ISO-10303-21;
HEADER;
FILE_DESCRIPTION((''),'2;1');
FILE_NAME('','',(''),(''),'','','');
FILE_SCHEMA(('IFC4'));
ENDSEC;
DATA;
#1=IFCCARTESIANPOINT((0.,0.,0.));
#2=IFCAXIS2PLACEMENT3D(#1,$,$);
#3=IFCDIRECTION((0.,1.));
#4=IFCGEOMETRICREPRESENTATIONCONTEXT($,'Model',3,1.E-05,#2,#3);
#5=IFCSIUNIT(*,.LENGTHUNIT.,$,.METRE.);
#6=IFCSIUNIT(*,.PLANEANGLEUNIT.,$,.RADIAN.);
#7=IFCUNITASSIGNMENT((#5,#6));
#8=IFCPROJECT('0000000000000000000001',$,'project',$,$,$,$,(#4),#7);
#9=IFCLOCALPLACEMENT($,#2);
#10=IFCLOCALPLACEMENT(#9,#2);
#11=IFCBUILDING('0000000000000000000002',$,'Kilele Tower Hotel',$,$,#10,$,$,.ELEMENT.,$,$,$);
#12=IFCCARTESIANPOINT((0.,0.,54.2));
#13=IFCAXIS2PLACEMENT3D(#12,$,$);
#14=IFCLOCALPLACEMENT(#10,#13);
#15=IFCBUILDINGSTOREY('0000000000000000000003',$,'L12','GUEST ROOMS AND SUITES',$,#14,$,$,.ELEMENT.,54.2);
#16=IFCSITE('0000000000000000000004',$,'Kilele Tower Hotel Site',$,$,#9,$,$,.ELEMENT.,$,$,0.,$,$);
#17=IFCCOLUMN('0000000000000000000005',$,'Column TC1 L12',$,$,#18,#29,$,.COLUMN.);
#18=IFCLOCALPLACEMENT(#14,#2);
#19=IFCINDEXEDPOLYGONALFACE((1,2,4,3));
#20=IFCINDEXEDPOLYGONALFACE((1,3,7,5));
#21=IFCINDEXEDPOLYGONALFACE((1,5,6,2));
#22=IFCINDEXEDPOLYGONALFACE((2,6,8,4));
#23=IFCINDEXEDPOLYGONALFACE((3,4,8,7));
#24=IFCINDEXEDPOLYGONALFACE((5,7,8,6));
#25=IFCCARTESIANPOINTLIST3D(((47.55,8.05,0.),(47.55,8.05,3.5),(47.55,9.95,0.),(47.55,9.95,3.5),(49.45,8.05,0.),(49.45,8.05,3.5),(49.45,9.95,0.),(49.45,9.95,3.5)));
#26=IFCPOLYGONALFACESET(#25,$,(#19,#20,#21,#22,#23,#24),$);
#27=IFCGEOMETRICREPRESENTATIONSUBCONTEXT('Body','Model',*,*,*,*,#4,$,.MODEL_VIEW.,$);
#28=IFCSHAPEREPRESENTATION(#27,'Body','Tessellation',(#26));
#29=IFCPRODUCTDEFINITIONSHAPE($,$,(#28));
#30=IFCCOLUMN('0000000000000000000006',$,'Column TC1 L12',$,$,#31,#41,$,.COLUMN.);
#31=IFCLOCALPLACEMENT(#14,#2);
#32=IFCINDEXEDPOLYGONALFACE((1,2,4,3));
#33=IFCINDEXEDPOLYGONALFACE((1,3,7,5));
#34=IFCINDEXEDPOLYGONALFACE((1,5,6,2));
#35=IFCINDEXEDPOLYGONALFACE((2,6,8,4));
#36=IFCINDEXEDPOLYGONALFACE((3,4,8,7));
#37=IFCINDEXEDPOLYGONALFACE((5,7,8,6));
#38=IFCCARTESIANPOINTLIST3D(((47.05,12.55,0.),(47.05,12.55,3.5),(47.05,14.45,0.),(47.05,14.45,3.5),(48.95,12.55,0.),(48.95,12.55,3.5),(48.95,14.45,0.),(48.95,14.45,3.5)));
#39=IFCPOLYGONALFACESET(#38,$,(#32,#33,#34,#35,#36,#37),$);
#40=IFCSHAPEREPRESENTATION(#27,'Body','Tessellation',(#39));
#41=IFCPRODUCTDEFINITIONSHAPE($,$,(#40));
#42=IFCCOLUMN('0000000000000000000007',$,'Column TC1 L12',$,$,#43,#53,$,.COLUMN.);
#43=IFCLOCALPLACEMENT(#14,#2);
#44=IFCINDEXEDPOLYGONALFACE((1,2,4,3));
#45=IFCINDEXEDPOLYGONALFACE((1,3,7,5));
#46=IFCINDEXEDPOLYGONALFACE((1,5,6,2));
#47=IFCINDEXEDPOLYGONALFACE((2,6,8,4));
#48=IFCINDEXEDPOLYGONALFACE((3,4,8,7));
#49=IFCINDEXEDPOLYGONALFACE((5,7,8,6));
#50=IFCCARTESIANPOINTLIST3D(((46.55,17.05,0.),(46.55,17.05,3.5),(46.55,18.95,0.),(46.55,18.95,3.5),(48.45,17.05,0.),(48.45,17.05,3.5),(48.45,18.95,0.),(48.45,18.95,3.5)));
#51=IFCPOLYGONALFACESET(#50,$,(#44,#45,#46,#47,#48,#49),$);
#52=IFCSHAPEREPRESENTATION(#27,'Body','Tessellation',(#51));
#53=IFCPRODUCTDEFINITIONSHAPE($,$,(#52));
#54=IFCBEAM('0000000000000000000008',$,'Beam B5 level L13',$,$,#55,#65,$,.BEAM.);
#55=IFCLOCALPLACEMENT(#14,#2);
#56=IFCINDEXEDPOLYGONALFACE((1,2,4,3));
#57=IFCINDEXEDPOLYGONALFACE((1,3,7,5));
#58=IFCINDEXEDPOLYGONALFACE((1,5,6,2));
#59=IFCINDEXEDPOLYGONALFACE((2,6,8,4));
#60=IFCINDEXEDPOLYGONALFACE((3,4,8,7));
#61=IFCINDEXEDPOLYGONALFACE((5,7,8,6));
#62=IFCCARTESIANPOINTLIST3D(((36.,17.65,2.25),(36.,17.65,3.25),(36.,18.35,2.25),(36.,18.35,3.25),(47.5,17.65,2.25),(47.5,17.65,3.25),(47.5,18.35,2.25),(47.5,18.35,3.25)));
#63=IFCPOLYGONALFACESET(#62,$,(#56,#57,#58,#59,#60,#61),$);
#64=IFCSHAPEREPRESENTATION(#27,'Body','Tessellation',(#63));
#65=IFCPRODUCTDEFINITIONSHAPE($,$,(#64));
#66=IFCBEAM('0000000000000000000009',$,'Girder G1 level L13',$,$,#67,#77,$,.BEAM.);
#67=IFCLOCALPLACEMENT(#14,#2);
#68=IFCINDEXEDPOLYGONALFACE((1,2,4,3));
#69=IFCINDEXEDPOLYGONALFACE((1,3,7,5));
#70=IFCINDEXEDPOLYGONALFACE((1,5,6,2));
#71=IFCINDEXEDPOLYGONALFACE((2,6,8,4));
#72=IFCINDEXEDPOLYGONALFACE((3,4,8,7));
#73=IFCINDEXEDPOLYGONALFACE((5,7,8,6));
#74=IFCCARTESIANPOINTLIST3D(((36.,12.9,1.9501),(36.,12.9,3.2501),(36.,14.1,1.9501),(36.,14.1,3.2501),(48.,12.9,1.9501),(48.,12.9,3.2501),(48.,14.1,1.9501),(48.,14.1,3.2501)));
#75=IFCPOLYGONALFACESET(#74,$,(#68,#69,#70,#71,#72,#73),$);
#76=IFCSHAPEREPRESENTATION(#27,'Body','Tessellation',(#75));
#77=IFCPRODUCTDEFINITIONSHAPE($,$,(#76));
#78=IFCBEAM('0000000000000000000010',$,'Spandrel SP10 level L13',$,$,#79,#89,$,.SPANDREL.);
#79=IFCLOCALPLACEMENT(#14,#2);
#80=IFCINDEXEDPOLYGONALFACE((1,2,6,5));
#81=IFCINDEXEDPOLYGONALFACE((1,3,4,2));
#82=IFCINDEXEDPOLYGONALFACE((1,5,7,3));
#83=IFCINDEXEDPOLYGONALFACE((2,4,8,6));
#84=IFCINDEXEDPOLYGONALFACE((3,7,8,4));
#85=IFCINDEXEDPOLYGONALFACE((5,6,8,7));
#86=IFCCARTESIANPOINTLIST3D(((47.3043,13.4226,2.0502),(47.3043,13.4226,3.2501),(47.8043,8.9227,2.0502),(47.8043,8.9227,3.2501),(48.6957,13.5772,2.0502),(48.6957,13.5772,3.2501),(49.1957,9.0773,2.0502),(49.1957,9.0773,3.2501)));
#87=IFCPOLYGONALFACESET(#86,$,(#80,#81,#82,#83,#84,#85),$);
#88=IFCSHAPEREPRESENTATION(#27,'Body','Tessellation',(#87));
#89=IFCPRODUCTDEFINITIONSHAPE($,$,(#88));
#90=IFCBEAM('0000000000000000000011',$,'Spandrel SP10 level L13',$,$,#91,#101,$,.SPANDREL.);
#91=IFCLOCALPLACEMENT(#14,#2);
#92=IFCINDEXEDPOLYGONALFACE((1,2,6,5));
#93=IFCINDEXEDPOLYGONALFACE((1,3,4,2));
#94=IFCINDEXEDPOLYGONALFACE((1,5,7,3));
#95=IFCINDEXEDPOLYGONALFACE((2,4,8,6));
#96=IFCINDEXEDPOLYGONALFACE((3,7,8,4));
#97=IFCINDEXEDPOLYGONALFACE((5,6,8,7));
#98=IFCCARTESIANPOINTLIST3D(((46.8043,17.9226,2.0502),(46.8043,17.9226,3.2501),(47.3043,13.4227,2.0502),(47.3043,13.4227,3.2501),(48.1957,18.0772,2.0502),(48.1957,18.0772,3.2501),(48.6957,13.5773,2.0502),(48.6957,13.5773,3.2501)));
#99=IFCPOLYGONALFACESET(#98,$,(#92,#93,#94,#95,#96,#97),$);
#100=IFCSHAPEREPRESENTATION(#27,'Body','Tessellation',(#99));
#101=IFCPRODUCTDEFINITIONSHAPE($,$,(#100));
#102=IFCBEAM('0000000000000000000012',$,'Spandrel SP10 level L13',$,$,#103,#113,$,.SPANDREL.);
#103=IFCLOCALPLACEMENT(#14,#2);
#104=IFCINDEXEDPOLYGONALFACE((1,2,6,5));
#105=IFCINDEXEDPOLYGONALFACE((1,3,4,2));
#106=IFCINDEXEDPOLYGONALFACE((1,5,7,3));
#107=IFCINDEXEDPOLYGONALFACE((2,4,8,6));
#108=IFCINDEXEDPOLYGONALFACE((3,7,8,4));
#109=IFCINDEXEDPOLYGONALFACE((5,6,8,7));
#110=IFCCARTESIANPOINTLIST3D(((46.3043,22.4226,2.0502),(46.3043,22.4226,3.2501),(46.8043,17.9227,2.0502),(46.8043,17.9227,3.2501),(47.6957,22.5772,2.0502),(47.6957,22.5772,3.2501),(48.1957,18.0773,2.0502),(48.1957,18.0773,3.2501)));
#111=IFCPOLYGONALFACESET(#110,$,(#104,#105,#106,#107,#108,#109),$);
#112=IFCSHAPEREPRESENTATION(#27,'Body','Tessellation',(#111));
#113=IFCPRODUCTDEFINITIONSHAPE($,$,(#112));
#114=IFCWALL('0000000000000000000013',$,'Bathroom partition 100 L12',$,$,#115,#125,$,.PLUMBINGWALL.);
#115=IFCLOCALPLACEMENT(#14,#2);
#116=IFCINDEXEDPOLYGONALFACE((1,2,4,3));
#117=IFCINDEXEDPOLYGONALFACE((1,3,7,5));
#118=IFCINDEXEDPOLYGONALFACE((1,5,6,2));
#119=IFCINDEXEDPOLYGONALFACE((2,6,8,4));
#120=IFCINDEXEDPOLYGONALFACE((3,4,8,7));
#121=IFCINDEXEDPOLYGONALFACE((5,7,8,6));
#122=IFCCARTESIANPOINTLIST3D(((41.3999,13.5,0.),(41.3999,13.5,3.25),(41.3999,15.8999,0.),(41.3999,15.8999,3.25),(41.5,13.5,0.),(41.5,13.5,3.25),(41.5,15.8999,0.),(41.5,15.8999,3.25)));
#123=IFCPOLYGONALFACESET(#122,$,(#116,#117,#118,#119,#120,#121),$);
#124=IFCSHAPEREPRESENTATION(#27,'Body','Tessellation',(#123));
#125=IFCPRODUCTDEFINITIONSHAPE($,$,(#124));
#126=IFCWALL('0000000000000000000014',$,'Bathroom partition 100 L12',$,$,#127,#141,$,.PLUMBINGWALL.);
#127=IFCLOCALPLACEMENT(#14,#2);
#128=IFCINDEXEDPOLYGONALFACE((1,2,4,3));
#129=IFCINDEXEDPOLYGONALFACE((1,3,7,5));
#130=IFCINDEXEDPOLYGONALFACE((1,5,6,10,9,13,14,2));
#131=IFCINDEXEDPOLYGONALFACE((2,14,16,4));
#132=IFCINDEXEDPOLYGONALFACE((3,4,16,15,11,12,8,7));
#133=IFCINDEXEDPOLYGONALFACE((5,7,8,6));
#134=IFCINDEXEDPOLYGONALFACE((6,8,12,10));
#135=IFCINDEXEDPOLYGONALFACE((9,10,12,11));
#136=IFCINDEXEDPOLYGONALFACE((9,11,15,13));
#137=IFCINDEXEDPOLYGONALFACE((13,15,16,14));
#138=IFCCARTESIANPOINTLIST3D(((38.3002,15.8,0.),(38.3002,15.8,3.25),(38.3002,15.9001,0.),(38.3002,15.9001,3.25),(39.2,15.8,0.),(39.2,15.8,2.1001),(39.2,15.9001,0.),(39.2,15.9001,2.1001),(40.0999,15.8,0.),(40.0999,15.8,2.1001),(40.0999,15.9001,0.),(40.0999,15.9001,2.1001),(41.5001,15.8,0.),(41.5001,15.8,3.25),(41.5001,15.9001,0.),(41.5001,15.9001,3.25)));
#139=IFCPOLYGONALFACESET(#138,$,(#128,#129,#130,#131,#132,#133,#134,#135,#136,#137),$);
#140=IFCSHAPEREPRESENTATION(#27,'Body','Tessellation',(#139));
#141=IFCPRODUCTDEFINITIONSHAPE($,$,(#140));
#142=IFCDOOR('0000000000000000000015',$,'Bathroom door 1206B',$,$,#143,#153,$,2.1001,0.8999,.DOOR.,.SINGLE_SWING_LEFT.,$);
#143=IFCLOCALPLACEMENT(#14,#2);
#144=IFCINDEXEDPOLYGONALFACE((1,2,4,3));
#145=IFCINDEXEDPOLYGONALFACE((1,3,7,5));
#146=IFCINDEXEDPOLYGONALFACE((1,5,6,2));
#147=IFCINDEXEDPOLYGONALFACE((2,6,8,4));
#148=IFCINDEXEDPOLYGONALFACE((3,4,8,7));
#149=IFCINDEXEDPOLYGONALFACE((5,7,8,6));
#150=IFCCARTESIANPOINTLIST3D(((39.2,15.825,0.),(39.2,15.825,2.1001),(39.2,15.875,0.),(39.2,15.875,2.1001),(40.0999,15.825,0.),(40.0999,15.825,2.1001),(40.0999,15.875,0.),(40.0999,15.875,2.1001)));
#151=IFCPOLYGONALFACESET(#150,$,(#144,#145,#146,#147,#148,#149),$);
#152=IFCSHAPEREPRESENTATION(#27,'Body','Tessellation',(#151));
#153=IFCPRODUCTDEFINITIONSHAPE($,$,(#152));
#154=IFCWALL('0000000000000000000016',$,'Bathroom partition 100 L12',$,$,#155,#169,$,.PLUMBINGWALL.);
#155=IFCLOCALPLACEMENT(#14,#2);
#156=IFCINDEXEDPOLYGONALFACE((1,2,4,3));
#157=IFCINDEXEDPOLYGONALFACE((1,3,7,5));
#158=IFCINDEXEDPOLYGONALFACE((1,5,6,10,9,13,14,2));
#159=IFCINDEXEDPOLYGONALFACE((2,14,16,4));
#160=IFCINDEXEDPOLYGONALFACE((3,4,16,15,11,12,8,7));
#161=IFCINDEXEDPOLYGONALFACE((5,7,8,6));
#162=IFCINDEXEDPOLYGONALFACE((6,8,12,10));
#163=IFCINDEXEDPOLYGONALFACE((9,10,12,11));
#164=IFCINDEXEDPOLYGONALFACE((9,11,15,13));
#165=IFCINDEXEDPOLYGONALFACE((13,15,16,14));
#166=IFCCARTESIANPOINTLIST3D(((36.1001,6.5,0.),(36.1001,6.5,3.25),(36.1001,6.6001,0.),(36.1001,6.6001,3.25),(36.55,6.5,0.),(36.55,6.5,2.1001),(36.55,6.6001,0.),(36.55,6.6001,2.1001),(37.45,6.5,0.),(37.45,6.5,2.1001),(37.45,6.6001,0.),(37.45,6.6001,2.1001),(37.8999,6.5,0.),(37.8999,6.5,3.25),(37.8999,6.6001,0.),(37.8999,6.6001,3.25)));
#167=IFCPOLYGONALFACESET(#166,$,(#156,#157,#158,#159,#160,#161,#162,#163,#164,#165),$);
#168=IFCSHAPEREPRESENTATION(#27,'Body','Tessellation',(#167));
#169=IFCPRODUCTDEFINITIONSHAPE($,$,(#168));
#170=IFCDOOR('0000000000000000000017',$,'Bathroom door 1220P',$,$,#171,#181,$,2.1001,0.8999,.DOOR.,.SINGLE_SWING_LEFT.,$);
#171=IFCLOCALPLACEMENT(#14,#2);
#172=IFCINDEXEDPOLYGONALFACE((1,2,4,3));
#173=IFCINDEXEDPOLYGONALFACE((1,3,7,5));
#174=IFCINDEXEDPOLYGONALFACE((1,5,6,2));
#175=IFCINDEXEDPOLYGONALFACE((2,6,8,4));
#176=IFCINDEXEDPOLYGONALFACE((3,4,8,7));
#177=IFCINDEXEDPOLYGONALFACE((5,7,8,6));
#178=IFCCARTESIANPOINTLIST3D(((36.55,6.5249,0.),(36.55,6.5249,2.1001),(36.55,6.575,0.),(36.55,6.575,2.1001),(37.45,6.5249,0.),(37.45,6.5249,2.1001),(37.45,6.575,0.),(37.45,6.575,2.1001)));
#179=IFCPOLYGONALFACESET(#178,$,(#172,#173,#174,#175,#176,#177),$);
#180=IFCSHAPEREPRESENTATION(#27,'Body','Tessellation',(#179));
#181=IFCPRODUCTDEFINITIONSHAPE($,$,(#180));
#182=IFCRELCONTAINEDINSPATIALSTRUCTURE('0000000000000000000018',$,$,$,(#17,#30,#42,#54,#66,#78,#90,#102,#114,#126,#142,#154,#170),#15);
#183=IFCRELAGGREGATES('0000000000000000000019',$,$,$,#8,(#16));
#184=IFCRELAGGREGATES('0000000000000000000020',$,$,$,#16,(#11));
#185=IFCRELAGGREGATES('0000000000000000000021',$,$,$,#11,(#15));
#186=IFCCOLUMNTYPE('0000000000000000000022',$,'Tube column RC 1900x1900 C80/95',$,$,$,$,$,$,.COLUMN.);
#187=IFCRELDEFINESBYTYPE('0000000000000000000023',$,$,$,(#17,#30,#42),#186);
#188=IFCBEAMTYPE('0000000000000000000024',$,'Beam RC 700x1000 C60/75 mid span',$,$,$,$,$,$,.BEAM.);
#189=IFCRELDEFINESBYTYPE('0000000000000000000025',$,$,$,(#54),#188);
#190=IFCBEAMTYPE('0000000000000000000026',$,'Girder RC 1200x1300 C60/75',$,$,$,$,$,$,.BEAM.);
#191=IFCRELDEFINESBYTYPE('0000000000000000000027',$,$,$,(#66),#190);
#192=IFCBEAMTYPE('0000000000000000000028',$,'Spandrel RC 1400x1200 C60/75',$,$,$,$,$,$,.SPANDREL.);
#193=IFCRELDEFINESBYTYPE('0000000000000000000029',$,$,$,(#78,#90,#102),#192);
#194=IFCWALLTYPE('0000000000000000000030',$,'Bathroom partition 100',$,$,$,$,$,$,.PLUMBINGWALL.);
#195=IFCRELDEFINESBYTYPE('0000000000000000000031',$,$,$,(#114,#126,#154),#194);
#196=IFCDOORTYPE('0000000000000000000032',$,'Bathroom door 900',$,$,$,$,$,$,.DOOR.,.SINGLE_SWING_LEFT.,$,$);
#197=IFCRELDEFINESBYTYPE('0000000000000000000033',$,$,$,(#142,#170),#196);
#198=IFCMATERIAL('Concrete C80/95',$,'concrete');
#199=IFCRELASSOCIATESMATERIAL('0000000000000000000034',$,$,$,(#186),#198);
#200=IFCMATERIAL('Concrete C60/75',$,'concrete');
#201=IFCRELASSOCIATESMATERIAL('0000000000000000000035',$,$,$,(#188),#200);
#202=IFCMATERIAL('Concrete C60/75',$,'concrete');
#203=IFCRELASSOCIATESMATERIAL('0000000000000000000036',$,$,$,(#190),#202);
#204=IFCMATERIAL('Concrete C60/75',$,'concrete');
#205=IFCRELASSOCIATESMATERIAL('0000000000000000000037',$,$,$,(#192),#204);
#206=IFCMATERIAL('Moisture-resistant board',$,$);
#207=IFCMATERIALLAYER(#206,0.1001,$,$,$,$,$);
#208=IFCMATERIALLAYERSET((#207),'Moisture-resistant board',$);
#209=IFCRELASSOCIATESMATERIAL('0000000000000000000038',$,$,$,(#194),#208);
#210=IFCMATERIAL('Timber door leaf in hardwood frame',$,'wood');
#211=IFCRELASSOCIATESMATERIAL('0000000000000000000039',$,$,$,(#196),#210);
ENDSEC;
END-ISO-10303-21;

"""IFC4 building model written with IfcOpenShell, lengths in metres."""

from ifc_helpers import new_model, si_unit, direction, frame, frame_2d, origin, origin_2d, place, context, subcontext, project, spatial, rectangle, extrude, material, layer, layer_set, material_profile, profile_set, type_object, element, fill, save


model = new_model("IFC4")

# Units and contexts
model_context = context("Model", 3, precision=1e-05, world=origin(), true_north=direction((0.0, 1.0)))
body_context = subcontext(model_context, "Body", "Model", "MODEL_VIEW")
ifc_project = project(units=[si_unit("LENGTHUNIT", "METRE"), si_unit("PLANEANGLEUNIT", "RADIAN")], contexts=[model_context])

# Site, building, storey
site_placement = place(None, origin())
site = spatial("IfcSite", under=ifc_project, at=site_placement, Name="Kilele Tower Hotel Site", CompositionType="ELEMENT", RefElevation=0.0)
building_placement = place(site_placement, origin())
building = spatial("IfcBuilding", under=site, at=building_placement, Name="Kilele Tower Hotel", CompositionType="ELEMENT")
storey_placement = place(building_placement, frame((0.0, 0.0, 54.2)))
storey = spatial("IfcBuildingStorey", under=building, at=storey_placement, Name="L12", Description="GUEST ROOMS AND SUITES", CompositionType="ELEMENT", Elevation=54.2)

# Columns
ifc_material_1 = material(Name="Concrete C80/95", Category="concrete")
ifc_material_profile_1 = material_profile(ifc_material_1, rectangle(XDim=1.8999, YDim=1.8999, at=origin_2d()))
ifc_profile_set_1 = profile_set([ifc_material_profile_1], Name="Concrete C80/95")
column_type = type_object("IfcColumnType", Name="Tube column RC 1900x1900 C80/95", PredefinedType="COLUMN", material=ifc_profile_set_1)
for number, where, z_axis, x_axis, name in (
    (1, (48.5, 9.0, 0.0), (0.0, 0.0, 1.0), (1.0, 0.0, 0.0), "Column TC1 L12"),
    (2, (48.0, 13.5, 0.0), (0.0, 0.0, 1.0), (1.0, 0.0, 0.0), "Column TC1 L12"),
    (3, (47.5, 18.0, 0.0), (0.0, 0.0, 1.0), (1.0, 0.0, 0.0), "Column TC1 L12"),
):
    element("IfcColumn", number, at=place(storey_placement, frame(where, z_axis=z_axis, x_axis=x_axis)), inside=storey, type_object=column_type, Name=name, PredefinedType="COLUMN", context=body_context, shape_type="SweptSolid", body=[
        extrude(rectangle(XDim=1.8999, YDim=1.8999, at=origin_2d()), origin(), (0.0, 0.0, 1.0), 3.5),
    ])

# Beams
ifc_material_2 = material(Name="Concrete C60/75", Category="concrete")
ifc_material_profile_2 = material_profile(ifc_material_2, rectangle(XDim=0.7, YDim=1.0, at=origin_2d()))
ifc_profile_set_2 = profile_set([ifc_material_profile_2], Name="Concrete C60/75")
beam_type_1 = type_object("IfcBeamType", Name="Beam RC 700x1000 C60/75 mid span", PredefinedType="BEAM", material=ifc_profile_set_2)
beam_1_placement = place(storey_placement, frame((47.5, 18.0, 2.75), z_axis=(-1.0, 0.0, 0.0), x_axis=(0.0, -1.0, 0.0)))
element("IfcBeam", 4, at=beam_1_placement, inside=storey, type_object=beam_type_1, Name="Beam B5 level L13", PredefinedType="BEAM", context=body_context, shape_type="SweptSolid", body=[
    extrude(rectangle(XDim=0.7, YDim=1.0, at=origin_2d()), origin(), (0.0, 0.0, 1.0), 11.5),
])
ifc_material_3 = material(Name="Concrete C60/75", Category="concrete")
ifc_material_profile_3 = material_profile(ifc_material_3, rectangle(XDim=1.2, YDim=1.3, at=origin_2d()))
ifc_profile_set_3 = profile_set([ifc_material_profile_3], Name="Concrete C60/75")
beam_type_2 = type_object("IfcBeamType", Name="Girder RC 1200x1300 C60/75", PredefinedType="BEAM", material=ifc_profile_set_3)
beam_2_placement = place(storey_placement, frame((48.0, 13.5, 2.6001), z_axis=(-1.0, 0.0, 0.0), x_axis=(0.0, -1.0, 0.0)))
element("IfcBeam", 5, at=beam_2_placement, inside=storey, type_object=beam_type_2, Name="Girder G1 level L13", PredefinedType="BEAM", context=body_context, shape_type="SweptSolid", body=[
    extrude(rectangle(XDim=1.2, YDim=1.3, at=origin_2d()), origin(), (0.0, 0.0, 1.0), 12.0),
])
ifc_material_4 = material(Name="Concrete C60/75", Category="concrete")
ifc_material_profile_4 = material_profile(ifc_material_4, rectangle(XDim=1.3999, YDim=1.2, at=origin_2d()))
ifc_profile_set_4 = profile_set([ifc_material_profile_4], Name="Concrete C60/75")
beam_type_3 = type_object("IfcBeamType", Name="Spandrel RC 1400x1200 C60/75", PredefinedType="SPANDREL", material=ifc_profile_set_4)
for number, where, z_axis, x_axis, name in (
    (6, (48.5, 9.0, 2.6501), (-0.110432, 0.993884, 0.0), (-0.993884, -0.110432, 0.0), "Spandrel SP10 level L13"),
    (7, (48.0, 13.5, 2.6501), (-0.110432, 0.993884, 0.0), (-0.993884, -0.110432, 0.0), "Spandrel SP10 level L13"),
    (8, (47.5, 18.0, 2.6501), (-0.110432, 0.993884, 0.0), (-0.993884, -0.110432, 0.0), "Spandrel SP10 level L13"),
):
    element("IfcBeam", number, at=place(storey_placement, frame(where, z_axis=z_axis, x_axis=x_axis)), inside=storey, type_object=beam_type_3, Name=name, PredefinedType="SPANDREL", context=body_context, shape_type="SweptSolid", body=[
        extrude(rectangle(XDim=1.3999, YDim=1.2, at=origin_2d()), origin(), (0.0, 0.0, 1.0), 4.5276),
    ])

# Wall
ifc_material_5 = material(Name="Moisture-resistant board")
ifc_layer_1 = layer(ifc_material_5, 0.1001)
ifc_layer_set_1 = layer_set([ifc_layer_1], Name="Moisture-resistant board")
wall_type_1 = type_object("IfcWallType", Name="Bathroom partition 100", PredefinedType="PLUMBINGWALL", material=ifc_layer_set_1)
wall_1_placement = place(storey_placement, frame((41.45, 13.5, 0.0), z_axis=(0.0, 0.0, 1.0), x_axis=(0.0, 1.0, 0.0)))
element("IfcWall", 9, at=wall_1_placement, inside=storey, type_object=wall_type_1, Name="Bathroom partition 100 L12", PredefinedType="PLUMBINGWALL", context=body_context, shape_type="SweptSolid", body=[
    extrude(rectangle(XDim=2.3999, YDim=0.1001, at=frame_2d((1.2, 0.0))), origin(), (0.0, 0.0, 1.0), 3.25),
])

# Walls, openings, doors
wall_2_placement = place(storey_placement, frame((38.3, 15.8501, 0.0), z_axis=(0.0, 0.0, 1.0), x_axis=(1.0, 0.0, 0.0)))
wall_2 = element("IfcWall", 10, at=wall_2_placement, inside=storey, type_object=wall_type_1, Name="Bathroom partition 100 L12", PredefinedType="PLUMBINGWALL", context=body_context, shape_type="SweptSolid", body=[
    extrude(rectangle(XDim=3.2, YDim=0.1001, at=frame_2d((1.6001, 0.0))), origin(), (0.0, 0.0, 1.0), 3.25),
])
opening_1_placement = place(wall_2_placement, frame((0.8999, 0.0, 0.0)))
opening_1 = element("IfcOpeningElement", 11, at=opening_1_placement, cuts=wall_2, PredefinedType="OPENING", context=body_context, shape_type="SweptSolid", body=[
    extrude(rectangle(XDim=0.8999, YDim=2.1001, at=frame_2d((0.45, 1.05))), frame((0.0, 0.0601, 0.0), z_axis=(0.0, -1.0, 0.0), x_axis=(1.0, 0.0, 0.0)), (0.0, 0.0, 1.0), 0.1201),
])
ifc_material_6 = material(Name="Timber door leaf in hardwood frame", Category="wood")
door_type_1 = type_object("IfcDoorType", Name="Bathroom door 900", OperationType="SINGLE_SWING_LEFT", PredefinedType="DOOR", material=ifc_material_6)
door_1_placement = place(opening_1_placement, origin())
door_1 = element("IfcDoor", 12, at=door_1_placement, inside=storey, type_object=door_type_1, Name="Bathroom door 1206B", OperationType="SINGLE_SWING_LEFT", OverallHeight=2.1001, OverallWidth=0.8999, PredefinedType="DOOR", context=body_context, shape_type="SweptSolid", body=[
    extrude(rectangle(XDim=0.8999, YDim=2.1001, at=frame_2d((0.45, 1.05))), frame((0.0, 0.0249, 0.0), z_axis=(0.0, -1.0, 0.0), x_axis=(1.0, 0.0, 0.0)), (0.0, 0.0, 1.0), 0.05),
])
fill(opening_1, door_1)
wall_3_placement = place(storey_placement, frame((36.1001, 6.55, 0.0), z_axis=(0.0, 0.0, 1.0), x_axis=(1.0, 0.0, 0.0)))
wall_3 = element("IfcWall", 13, at=wall_3_placement, inside=storey, type_object=wall_type_1, Name="Bathroom partition 100 L12", PredefinedType="PLUMBINGWALL", context=body_context, shape_type="SweptSolid", body=[
    extrude(rectangle(XDim=1.7998, YDim=0.1001, at=frame_2d((0.8999, 0.0))), origin(), (0.0, 0.0, 1.0), 3.25),
])
opening_2_placement = place(wall_3_placement, frame((0.45, 0.0, 0.0)))
opening_2 = element("IfcOpeningElement", 14, at=opening_2_placement, cuts=wall_3, PredefinedType="OPENING", context=body_context, shape_type="SweptSolid", body=[
    extrude(rectangle(XDim=0.8999, YDim=2.1001, at=frame_2d((0.45, 1.05))), frame((0.0, 0.0601, 0.0), z_axis=(0.0, -1.0, 0.0), x_axis=(1.0, 0.0, 0.0)), (0.0, 0.0, 1.0), 0.1201),
])
door_2_placement = place(opening_2_placement, origin())
door_2 = element("IfcDoor", 15, at=door_2_placement, inside=storey, type_object=door_type_1, Name="Bathroom door 1220P", OperationType="SINGLE_SWING_LEFT", OverallHeight=2.1001, OverallWidth=0.8999, PredefinedType="DOOR", context=body_context, shape_type="SweptSolid", body=[
    extrude(rectangle(XDim=0.8999, YDim=2.1001, at=frame_2d((0.45, 1.05))), frame((0.0, 0.0249, 0.0), z_axis=(0.0, -1.0, 0.0), x_axis=(1.0, 0.0, 0.0)), (0.0, 0.0, 1.0), 0.05),
])
fill(opening_2, door_2)

save(model, "model.ifc")
